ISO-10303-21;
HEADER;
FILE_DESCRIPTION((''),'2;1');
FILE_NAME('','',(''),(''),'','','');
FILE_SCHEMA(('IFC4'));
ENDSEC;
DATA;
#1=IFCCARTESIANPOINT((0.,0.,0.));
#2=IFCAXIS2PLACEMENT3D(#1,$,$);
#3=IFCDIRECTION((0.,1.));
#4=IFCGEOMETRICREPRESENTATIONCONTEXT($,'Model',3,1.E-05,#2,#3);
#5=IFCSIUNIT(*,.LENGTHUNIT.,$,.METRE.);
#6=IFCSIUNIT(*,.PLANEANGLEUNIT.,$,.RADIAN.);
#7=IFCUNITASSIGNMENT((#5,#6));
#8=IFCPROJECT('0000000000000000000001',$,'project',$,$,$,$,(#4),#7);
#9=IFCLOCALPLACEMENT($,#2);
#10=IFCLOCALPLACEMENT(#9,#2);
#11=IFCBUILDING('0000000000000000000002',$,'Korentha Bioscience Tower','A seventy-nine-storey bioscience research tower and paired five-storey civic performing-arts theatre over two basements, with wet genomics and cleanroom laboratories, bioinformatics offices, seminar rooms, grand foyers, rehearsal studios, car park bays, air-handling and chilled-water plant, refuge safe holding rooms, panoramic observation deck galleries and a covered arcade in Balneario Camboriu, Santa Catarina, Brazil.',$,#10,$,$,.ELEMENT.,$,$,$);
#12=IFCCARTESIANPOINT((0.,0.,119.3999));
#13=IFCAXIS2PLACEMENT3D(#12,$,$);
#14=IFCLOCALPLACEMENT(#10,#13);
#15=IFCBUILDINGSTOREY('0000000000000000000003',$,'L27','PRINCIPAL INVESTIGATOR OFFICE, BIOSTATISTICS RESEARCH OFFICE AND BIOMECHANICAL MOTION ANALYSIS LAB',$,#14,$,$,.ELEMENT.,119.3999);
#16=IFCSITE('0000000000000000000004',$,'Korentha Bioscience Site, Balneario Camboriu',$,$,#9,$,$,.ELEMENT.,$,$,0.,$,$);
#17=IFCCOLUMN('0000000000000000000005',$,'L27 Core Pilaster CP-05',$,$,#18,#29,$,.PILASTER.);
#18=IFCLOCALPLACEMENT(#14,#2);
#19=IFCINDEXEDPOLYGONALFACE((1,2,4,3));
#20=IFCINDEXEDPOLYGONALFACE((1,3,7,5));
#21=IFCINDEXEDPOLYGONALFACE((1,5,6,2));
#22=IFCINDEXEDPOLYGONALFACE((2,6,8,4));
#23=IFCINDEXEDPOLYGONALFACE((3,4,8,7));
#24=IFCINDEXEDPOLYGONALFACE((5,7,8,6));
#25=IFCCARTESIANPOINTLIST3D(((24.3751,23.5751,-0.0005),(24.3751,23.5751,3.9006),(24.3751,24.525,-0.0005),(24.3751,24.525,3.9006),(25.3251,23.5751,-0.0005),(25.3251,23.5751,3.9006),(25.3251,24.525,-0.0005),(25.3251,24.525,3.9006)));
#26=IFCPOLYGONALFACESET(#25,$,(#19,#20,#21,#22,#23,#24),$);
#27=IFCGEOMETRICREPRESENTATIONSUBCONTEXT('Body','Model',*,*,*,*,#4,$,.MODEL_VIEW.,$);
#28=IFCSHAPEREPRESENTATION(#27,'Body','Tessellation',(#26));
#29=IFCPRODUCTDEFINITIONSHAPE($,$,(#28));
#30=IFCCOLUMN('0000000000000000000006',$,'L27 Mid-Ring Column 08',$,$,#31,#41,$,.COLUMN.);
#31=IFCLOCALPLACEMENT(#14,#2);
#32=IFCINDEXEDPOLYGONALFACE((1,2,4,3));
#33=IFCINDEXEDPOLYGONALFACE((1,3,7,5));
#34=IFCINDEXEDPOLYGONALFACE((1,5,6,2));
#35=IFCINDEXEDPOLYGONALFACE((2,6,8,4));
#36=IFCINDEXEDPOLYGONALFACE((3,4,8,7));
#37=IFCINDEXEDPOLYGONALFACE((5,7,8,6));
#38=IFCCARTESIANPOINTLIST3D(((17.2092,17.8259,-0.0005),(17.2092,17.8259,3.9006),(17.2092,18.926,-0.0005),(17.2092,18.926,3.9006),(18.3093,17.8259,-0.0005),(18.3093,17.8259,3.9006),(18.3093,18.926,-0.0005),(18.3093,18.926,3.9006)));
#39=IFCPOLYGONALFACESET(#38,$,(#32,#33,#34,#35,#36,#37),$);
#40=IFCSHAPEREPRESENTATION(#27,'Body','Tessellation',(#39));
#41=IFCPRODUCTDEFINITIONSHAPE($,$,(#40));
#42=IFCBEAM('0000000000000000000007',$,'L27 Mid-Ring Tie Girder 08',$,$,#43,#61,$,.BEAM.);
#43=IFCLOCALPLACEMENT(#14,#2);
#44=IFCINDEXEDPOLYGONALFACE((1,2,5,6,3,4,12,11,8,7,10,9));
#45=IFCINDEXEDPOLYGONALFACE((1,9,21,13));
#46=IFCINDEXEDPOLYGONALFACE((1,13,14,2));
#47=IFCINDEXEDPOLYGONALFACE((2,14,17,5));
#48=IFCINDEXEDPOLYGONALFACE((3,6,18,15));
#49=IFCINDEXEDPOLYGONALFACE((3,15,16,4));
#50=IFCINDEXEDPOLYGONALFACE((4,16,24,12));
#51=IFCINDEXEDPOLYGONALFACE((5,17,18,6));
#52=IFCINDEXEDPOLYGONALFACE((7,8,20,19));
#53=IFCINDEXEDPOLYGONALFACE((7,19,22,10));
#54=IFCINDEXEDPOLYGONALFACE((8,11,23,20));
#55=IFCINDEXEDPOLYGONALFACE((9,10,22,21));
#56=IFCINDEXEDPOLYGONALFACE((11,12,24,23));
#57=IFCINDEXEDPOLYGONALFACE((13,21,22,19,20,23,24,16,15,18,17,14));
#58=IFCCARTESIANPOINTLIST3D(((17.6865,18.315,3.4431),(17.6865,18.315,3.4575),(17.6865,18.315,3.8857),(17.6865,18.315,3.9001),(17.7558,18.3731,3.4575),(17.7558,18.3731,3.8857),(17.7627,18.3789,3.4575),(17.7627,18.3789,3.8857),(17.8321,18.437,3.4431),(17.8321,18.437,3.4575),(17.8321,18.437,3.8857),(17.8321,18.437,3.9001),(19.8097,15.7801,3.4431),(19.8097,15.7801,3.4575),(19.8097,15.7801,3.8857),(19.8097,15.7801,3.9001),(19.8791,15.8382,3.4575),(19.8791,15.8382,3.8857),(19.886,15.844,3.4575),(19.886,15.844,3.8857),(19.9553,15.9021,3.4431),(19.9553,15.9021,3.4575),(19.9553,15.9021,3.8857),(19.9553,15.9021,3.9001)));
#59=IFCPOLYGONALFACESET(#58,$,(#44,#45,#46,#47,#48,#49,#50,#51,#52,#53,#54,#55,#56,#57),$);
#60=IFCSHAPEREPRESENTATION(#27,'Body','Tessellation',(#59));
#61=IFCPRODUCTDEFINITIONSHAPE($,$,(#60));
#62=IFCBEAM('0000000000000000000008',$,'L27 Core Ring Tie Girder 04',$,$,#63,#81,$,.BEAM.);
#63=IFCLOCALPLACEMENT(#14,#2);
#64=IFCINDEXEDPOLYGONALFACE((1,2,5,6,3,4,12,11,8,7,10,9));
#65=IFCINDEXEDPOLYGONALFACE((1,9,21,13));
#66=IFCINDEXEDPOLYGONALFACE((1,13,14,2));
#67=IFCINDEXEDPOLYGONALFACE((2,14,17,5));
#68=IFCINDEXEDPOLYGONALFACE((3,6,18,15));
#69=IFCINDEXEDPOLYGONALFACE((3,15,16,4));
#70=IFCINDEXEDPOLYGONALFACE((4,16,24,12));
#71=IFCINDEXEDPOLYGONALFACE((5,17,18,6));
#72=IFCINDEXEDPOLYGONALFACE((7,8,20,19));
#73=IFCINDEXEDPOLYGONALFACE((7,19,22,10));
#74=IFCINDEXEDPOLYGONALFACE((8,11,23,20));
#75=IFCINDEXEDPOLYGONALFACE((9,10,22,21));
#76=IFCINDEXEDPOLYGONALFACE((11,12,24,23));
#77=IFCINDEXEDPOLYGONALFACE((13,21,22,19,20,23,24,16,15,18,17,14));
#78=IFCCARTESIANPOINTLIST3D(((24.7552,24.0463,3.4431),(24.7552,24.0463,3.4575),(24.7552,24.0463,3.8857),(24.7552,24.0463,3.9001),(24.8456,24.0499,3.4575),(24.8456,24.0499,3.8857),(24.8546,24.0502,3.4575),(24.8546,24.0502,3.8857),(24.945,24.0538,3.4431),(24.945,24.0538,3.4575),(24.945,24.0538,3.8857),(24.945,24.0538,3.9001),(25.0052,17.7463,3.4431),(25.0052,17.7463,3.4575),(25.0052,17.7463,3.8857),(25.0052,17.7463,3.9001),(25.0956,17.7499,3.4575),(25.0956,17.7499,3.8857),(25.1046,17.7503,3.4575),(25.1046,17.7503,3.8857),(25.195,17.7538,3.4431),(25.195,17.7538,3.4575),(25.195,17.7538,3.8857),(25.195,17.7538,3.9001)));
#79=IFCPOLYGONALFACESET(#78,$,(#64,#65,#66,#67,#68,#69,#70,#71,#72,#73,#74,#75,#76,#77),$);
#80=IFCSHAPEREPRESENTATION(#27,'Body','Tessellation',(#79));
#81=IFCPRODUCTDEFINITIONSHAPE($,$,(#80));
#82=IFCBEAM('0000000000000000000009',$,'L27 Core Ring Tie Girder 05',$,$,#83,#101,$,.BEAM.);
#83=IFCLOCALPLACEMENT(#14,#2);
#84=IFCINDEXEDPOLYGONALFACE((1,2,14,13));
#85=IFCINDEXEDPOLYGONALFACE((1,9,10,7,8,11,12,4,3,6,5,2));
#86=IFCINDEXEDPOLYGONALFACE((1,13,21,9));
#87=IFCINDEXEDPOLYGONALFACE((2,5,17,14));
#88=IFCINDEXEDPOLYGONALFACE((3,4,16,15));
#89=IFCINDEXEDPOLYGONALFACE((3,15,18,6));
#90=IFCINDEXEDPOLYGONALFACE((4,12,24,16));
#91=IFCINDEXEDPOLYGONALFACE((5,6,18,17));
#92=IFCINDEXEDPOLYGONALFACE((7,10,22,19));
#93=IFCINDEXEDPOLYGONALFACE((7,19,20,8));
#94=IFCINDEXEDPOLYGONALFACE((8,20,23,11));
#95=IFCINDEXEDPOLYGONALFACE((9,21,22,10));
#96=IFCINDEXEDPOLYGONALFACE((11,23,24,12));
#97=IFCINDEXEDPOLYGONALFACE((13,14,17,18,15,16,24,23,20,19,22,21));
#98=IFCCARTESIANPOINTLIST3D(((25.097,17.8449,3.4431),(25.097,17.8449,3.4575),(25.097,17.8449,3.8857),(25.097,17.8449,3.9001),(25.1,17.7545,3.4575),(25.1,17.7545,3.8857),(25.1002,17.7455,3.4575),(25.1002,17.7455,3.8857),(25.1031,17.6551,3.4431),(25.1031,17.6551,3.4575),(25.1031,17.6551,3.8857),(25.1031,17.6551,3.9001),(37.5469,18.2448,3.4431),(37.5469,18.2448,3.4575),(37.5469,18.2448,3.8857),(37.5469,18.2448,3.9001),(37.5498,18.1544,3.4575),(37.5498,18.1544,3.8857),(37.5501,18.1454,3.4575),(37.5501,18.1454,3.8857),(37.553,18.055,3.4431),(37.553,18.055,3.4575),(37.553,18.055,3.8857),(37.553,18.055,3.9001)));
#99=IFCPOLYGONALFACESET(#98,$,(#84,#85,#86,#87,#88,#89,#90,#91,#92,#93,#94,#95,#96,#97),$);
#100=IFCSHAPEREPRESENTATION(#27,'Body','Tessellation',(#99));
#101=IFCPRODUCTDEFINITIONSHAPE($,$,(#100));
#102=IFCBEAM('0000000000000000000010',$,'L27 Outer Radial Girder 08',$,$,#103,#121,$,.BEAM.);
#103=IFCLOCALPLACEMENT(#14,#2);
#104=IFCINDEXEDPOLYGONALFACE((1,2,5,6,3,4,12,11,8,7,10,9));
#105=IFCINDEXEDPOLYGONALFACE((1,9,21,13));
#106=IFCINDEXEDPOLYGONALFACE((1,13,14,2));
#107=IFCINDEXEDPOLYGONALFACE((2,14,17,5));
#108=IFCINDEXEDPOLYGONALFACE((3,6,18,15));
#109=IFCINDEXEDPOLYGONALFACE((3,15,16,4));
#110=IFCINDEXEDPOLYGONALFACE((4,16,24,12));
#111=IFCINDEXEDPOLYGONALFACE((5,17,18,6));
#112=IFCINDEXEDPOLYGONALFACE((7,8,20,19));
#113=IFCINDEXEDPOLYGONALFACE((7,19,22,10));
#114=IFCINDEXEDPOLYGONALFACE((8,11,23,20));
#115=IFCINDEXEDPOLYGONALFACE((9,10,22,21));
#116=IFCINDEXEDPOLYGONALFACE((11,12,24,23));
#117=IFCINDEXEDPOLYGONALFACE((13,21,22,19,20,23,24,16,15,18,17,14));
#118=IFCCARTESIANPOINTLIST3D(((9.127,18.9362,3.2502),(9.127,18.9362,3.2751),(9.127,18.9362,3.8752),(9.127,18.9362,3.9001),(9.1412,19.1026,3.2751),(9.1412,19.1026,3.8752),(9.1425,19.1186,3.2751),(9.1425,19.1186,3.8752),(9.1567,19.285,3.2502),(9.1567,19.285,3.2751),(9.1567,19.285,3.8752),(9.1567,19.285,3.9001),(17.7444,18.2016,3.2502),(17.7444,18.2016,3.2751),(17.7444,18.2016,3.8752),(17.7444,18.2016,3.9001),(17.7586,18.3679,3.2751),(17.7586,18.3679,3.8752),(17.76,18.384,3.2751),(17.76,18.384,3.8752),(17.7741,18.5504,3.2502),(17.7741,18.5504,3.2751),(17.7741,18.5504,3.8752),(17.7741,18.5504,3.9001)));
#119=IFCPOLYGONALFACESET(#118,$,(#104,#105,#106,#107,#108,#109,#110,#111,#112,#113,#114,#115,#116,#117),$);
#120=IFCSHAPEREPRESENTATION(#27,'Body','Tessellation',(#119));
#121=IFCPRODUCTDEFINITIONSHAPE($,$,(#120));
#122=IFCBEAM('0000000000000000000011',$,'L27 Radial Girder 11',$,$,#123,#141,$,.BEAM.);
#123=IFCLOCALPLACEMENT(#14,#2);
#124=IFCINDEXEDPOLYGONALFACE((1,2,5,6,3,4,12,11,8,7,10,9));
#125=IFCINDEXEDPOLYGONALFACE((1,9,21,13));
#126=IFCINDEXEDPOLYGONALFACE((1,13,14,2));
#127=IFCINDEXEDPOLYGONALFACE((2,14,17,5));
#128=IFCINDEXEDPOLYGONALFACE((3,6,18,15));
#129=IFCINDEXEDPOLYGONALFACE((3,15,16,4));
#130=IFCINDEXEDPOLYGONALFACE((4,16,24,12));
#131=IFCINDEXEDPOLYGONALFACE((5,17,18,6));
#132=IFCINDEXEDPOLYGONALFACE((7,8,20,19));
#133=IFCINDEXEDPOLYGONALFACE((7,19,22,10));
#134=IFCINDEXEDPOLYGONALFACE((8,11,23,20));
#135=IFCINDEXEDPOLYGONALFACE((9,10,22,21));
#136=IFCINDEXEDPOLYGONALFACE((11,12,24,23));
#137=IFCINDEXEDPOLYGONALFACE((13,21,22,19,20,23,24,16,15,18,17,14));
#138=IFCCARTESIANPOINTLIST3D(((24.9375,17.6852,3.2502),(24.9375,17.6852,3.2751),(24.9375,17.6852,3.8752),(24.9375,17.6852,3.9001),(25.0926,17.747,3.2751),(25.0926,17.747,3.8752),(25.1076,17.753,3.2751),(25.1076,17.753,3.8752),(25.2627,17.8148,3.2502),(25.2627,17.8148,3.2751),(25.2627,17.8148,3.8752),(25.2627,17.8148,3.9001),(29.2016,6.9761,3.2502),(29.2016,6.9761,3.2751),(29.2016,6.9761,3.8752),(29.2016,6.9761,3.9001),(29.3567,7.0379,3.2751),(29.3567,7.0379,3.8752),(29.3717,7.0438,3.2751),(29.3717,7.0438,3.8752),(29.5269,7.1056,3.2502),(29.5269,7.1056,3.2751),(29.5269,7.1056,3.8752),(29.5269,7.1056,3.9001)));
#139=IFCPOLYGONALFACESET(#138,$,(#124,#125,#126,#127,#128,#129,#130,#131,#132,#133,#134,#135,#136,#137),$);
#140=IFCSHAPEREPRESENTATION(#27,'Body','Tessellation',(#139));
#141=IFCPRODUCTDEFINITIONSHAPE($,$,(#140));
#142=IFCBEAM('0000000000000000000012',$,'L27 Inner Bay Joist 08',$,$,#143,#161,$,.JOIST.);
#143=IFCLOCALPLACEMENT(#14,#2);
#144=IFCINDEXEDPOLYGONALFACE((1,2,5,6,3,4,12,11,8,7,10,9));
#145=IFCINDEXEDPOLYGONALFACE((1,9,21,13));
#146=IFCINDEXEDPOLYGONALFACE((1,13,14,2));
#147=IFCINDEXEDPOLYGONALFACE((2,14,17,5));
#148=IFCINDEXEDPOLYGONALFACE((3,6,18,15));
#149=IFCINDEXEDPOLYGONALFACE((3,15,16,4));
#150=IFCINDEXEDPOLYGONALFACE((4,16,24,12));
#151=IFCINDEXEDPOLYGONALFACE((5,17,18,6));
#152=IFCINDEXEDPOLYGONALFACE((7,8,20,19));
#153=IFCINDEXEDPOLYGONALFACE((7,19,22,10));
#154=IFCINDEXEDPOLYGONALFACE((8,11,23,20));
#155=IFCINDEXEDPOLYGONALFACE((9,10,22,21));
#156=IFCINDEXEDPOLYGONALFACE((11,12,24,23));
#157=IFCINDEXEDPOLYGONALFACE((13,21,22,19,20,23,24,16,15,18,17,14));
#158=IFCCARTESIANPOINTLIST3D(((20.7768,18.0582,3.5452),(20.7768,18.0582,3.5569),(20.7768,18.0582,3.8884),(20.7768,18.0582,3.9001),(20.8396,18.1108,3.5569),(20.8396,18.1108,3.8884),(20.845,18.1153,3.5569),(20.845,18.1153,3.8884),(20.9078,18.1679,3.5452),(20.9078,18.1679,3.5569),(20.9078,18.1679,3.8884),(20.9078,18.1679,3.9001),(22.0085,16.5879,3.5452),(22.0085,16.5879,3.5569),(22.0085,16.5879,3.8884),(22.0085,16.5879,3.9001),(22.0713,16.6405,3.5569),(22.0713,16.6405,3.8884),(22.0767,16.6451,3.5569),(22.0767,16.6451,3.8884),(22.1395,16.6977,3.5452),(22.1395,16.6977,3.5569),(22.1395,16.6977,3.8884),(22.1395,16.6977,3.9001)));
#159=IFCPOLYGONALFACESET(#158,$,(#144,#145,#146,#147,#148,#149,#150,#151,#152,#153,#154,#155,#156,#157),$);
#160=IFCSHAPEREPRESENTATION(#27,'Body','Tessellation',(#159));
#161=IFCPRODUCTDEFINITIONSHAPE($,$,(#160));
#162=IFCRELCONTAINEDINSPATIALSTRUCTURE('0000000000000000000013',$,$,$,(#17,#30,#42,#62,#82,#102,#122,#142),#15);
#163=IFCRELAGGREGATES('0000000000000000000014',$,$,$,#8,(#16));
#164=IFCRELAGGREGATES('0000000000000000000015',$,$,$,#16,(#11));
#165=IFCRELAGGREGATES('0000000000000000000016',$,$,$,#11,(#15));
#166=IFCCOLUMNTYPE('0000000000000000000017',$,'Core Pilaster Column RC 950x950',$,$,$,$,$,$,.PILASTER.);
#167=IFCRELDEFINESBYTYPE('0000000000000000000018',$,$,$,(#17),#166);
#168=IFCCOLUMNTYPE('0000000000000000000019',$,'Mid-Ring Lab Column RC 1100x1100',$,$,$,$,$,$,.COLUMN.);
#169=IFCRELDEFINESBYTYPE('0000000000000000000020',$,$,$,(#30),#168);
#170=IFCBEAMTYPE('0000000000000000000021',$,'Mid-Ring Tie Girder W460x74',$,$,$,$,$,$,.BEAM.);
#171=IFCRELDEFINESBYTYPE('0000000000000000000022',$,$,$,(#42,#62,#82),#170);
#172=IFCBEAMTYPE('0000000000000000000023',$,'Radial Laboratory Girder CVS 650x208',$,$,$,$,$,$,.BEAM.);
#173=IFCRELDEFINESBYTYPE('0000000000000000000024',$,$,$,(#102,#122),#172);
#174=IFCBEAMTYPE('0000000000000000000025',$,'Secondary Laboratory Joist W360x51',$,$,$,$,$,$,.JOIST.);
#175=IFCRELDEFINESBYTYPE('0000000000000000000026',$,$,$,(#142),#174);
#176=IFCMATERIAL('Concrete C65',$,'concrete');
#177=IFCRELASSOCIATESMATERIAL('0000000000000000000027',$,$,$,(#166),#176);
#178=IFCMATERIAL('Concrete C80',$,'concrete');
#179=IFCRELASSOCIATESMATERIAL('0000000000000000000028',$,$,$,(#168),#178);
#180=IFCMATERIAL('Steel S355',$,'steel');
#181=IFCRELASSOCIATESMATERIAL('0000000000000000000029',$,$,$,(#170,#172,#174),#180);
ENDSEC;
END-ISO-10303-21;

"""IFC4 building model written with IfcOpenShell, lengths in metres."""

from ifc_helpers import new_model, si_unit, direction, frame, origin, origin_2d, place, context, subcontext, project, spatial, rectangle, i_section, extrude, material, material_profile, profile_set, type_object, element, save


model = new_model("IFC4")

# Units and contexts
model_context = context("Model", 3, precision=1e-05, world=origin(), true_north=direction((0.0, 1.0)))
body_context = subcontext(model_context, "Body", "Model", "MODEL_VIEW")
ifc_project = project(units=[si_unit("LENGTHUNIT", "METRE"), si_unit("PLANEANGLEUNIT", "RADIAN")], contexts=[model_context])

# Site, building, storey
site_placement = place(None, origin())
site = spatial("IfcSite", under=ifc_project, at=site_placement, Name="Korentha Bioscience Site, Balneario Camboriu", CompositionType="ELEMENT", RefElevation=0.0)
building_placement = place(site_placement, origin())
building = spatial("IfcBuilding", under=site, at=building_placement, Name="Korentha Bioscience Tower", Description="A seventy-nine-storey bioscience research tower and paired five-storey civic performing-arts theatre over two basements, with wet genomics and cleanroom laboratories, bioinformatics offices, seminar rooms, grand foyers, rehearsal studios, car park bays, air-handling and chilled-water plant, refuge safe holding rooms, panoramic observation deck galleries and a covered arcade in Balneario Camboriu, Santa Catarina, Brazil.", CompositionType="ELEMENT")
storey_placement = place(building_placement, frame((0.0, 0.0, 119.3999)))
storey = spatial("IfcBuildingStorey", under=building, at=storey_placement, Name="L27", Description="PRINCIPAL INVESTIGATOR OFFICE, BIOSTATISTICS RESEARCH OFFICE AND BIOMECHANICAL MOTION ANALYSIS LAB", CompositionType="ELEMENT", Elevation=119.3999)

# Columns
ifc_material_1 = material(Name="Concrete C65", Category="concrete")
ifc_material_profile_1 = material_profile(ifc_material_1, rectangle(XDim=0.95, YDim=0.95, at=origin_2d()), Name="Concrete C65")
ifc_profile_set_1 = profile_set([ifc_material_profile_1], Name="Concrete C65 (COL-CP09)")
column_type_1 = type_object("IfcColumnType", Name="Core Pilaster Column RC 950x950", PredefinedType="PILASTER", material=ifc_profile_set_1)
column_1_placement = place(storey_placement, frame((24.8501, 24.05, -0.0005), z_axis=(0.0, 0.0, 1.0), x_axis=(1.0, 0.0, 0.0)))
element("IfcColumn", 1, at=column_1_placement, inside=storey, type_object=column_type_1, Name="L27 Core Pilaster CP-05", PredefinedType="PILASTER", context=body_context, shape_type="SweptSolid", body=[
    extrude(rectangle(XDim=0.95, YDim=0.95, at=origin_2d()), origin(), (0.0, 0.0, 1.0), 3.9011),
])
ifc_material_2 = material(Name="Concrete C80", Category="concrete")
ifc_material_profile_2 = material_profile(ifc_material_2, rectangle(XDim=1.1001, YDim=1.1001, at=origin_2d()), Name="Concrete C80")
ifc_profile_set_2 = profile_set([ifc_material_profile_2], Name="Concrete C80 (COL-MR11)")
column_type_2 = type_object("IfcColumnType", Name="Mid-Ring Lab Column RC 1100x1100", PredefinedType="COLUMN", material=ifc_profile_set_2)
column_2_placement = place(storey_placement, frame((17.7593, 18.376, -0.0005), z_axis=(0.0, 0.0, 1.0), x_axis=(1.0, 0.0, 0.0)))
element("IfcColumn", 2, at=column_2_placement, inside=storey, type_object=column_type_2, Name="L27 Mid-Ring Column 08", PredefinedType="COLUMN", context=body_context, shape_type="SweptSolid", body=[
    extrude(rectangle(XDim=1.1001, YDim=1.1001, at=origin_2d()), origin(), (0.0, 0.0, 1.0), 3.9011),
])

# Beams
ifc_material_3 = material(Name="Steel S355", Category="steel")
ifc_material_profile_3 = material_profile(ifc_material_3, i_section(OverallWidth=0.1899, OverallDepth=0.457, WebThickness=0.009, FlangeThickness=0.0144, at=origin_2d()), Name="Steel S355")
ifc_profile_set_3 = profile_set([ifc_material_profile_3], Name="Steel S355 (MB-460)")
beam_type_1 = type_object("IfcBeamType", Name="Mid-Ring Tie Girder W460x74", PredefinedType="BEAM", material=ifc_profile_set_3)
beam_1_placement = place(storey_placement, frame((17.7593, 18.376, 3.6716), z_axis=(0.642121, -0.766603, 0.0), x_axis=(0.766603, 0.642121, 0.0)))
element("IfcBeam", 3, at=beam_1_placement, inside=storey, type_object=beam_type_1, Name="L27 Mid-Ring Tie Girder 08", PredefinedType="BEAM", context=body_context, shape_type="SweptSolid", body=[
    extrude(i_section(OverallWidth=0.1899, OverallDepth=0.457, WebThickness=0.009, FlangeThickness=0.0144, at=origin_2d()), origin(), (0.0, 0.0, 1.0), 3.3066),
])
beam_2_placement = place(storey_placement, frame((24.8501, 24.05, 3.6716), z_axis=(0.039651, -0.999214, 0.0), x_axis=(0.999214, 0.039651, 0.0)))
element("IfcBeam", 4, at=beam_2_placement, inside=storey, type_object=beam_type_1, Name="L27 Core Ring Tie Girder 04", PredefinedType="BEAM", context=body_context, shape_type="SweptSolid", body=[
    extrude(i_section(OverallWidth=0.1899, OverallDepth=0.457, WebThickness=0.009, FlangeThickness=0.0144, at=origin_2d()), origin(), (0.0, 0.0, 1.0), 6.3049),
])
beam_3_placement = place(storey_placement, frame((25.1001, 17.75, 3.6716), z_axis=(0.999485, 0.032104, 0.0), x_axis=(-0.032104, 0.999485, 0.0)))
element("IfcBeam", 5, at=beam_3_placement, inside=storey, type_object=beam_type_1, Name="L27 Core Ring Tie Girder 05", PredefinedType="BEAM", context=body_context, shape_type="SweptSolid", body=[
    extrude(i_section(OverallWidth=0.1899, OverallDepth=0.457, WebThickness=0.009, FlangeThickness=0.0144, at=origin_2d()), origin(), (0.0, 0.0, 1.0), 12.4563),
])
ifc_material_profile_4 = material_profile(ifc_material_3, i_section(OverallWidth=0.3501, OverallDepth=0.6499, WebThickness=0.0161, FlangeThickness=0.0249, at=origin_2d()), Name="Steel S355")
ifc_profile_set_4 = profile_set([ifc_material_profile_4], Name="Steel S355 (RB-650)")
beam_type_2 = type_object("IfcBeamType", Name="Radial Laboratory Girder CVS 650x208", PredefinedType="BEAM", material=ifc_profile_set_4)
beam_4_placement = place(storey_placement, frame((17.7593, 18.376, 3.5752), z_axis=(-0.996386, 0.08494, 0.0), x_axis=(-0.08494, -0.996386, 0.0)))
element("IfcBeam", 6, at=beam_4_placement, inside=storey, type_object=beam_type_2, Name="L27 Outer Radial Girder 08", PredefinedType="BEAM", context=body_context, shape_type="SweptSolid", body=[
    extrude(i_section(OverallWidth=0.3501, OverallDepth=0.6499, WebThickness=0.0161, FlangeThickness=0.0249, at=origin_2d()), origin(), (0.0, 0.0, 1.0), 8.6487),
])
beam_5_placement = place(storey_placement, frame((25.1001, 17.75, 3.5752), z_axis=(0.36993, -0.92906, 0.0), x_axis=(0.92906, 0.36993, 0.0)))
element("IfcBeam", 7, at=beam_5_placement, inside=storey, type_object=beam_type_2, Name="L27 Radial Girder 11", PredefinedType="BEAM", context=body_context, shape_type="SweptSolid", body=[
    extrude(i_section(OverallWidth=0.3501, OverallDepth=0.6499, WebThickness=0.0161, FlangeThickness=0.0249, at=origin_2d()), origin(), (0.0, 0.0, 1.0), 11.5269),
])
ifc_material_profile_5 = material_profile(ifc_material_3, i_section(OverallWidth=0.1709, OverallDepth=0.355, WebThickness=0.0071, FlangeThickness=0.0117, at=origin_2d()), Name="Steel S355")
ifc_profile_set_5 = profile_set([ifc_material_profile_5], Name="Steel S355 (JB-360)")
beam_type_3 = type_object("IfcBeamType", Name="Secondary Laboratory Joist W360x51", PredefinedType="JOIST", material=ifc_profile_set_5)
beam_6_placement = place(storey_placement, frame((20.8423, 18.113, 3.7227), z_axis=(0.642185, -0.766549, 0.0), x_axis=(0.766549, 0.642185, 0.0)))
element("IfcBeam", 8, at=beam_6_placement, inside=storey, type_object=beam_type_3, Name="L27 Inner Bay Joist 08", PredefinedType="JOIST", context=body_context, shape_type="SweptSolid", body=[
    extrude(i_section(OverallWidth=0.1709, OverallDepth=0.355, WebThickness=0.0071, FlangeThickness=0.0117, at=origin_2d()), origin(), (0.0, 0.0, 1.0), 1.918),
])

save(model, "model.ifc")
